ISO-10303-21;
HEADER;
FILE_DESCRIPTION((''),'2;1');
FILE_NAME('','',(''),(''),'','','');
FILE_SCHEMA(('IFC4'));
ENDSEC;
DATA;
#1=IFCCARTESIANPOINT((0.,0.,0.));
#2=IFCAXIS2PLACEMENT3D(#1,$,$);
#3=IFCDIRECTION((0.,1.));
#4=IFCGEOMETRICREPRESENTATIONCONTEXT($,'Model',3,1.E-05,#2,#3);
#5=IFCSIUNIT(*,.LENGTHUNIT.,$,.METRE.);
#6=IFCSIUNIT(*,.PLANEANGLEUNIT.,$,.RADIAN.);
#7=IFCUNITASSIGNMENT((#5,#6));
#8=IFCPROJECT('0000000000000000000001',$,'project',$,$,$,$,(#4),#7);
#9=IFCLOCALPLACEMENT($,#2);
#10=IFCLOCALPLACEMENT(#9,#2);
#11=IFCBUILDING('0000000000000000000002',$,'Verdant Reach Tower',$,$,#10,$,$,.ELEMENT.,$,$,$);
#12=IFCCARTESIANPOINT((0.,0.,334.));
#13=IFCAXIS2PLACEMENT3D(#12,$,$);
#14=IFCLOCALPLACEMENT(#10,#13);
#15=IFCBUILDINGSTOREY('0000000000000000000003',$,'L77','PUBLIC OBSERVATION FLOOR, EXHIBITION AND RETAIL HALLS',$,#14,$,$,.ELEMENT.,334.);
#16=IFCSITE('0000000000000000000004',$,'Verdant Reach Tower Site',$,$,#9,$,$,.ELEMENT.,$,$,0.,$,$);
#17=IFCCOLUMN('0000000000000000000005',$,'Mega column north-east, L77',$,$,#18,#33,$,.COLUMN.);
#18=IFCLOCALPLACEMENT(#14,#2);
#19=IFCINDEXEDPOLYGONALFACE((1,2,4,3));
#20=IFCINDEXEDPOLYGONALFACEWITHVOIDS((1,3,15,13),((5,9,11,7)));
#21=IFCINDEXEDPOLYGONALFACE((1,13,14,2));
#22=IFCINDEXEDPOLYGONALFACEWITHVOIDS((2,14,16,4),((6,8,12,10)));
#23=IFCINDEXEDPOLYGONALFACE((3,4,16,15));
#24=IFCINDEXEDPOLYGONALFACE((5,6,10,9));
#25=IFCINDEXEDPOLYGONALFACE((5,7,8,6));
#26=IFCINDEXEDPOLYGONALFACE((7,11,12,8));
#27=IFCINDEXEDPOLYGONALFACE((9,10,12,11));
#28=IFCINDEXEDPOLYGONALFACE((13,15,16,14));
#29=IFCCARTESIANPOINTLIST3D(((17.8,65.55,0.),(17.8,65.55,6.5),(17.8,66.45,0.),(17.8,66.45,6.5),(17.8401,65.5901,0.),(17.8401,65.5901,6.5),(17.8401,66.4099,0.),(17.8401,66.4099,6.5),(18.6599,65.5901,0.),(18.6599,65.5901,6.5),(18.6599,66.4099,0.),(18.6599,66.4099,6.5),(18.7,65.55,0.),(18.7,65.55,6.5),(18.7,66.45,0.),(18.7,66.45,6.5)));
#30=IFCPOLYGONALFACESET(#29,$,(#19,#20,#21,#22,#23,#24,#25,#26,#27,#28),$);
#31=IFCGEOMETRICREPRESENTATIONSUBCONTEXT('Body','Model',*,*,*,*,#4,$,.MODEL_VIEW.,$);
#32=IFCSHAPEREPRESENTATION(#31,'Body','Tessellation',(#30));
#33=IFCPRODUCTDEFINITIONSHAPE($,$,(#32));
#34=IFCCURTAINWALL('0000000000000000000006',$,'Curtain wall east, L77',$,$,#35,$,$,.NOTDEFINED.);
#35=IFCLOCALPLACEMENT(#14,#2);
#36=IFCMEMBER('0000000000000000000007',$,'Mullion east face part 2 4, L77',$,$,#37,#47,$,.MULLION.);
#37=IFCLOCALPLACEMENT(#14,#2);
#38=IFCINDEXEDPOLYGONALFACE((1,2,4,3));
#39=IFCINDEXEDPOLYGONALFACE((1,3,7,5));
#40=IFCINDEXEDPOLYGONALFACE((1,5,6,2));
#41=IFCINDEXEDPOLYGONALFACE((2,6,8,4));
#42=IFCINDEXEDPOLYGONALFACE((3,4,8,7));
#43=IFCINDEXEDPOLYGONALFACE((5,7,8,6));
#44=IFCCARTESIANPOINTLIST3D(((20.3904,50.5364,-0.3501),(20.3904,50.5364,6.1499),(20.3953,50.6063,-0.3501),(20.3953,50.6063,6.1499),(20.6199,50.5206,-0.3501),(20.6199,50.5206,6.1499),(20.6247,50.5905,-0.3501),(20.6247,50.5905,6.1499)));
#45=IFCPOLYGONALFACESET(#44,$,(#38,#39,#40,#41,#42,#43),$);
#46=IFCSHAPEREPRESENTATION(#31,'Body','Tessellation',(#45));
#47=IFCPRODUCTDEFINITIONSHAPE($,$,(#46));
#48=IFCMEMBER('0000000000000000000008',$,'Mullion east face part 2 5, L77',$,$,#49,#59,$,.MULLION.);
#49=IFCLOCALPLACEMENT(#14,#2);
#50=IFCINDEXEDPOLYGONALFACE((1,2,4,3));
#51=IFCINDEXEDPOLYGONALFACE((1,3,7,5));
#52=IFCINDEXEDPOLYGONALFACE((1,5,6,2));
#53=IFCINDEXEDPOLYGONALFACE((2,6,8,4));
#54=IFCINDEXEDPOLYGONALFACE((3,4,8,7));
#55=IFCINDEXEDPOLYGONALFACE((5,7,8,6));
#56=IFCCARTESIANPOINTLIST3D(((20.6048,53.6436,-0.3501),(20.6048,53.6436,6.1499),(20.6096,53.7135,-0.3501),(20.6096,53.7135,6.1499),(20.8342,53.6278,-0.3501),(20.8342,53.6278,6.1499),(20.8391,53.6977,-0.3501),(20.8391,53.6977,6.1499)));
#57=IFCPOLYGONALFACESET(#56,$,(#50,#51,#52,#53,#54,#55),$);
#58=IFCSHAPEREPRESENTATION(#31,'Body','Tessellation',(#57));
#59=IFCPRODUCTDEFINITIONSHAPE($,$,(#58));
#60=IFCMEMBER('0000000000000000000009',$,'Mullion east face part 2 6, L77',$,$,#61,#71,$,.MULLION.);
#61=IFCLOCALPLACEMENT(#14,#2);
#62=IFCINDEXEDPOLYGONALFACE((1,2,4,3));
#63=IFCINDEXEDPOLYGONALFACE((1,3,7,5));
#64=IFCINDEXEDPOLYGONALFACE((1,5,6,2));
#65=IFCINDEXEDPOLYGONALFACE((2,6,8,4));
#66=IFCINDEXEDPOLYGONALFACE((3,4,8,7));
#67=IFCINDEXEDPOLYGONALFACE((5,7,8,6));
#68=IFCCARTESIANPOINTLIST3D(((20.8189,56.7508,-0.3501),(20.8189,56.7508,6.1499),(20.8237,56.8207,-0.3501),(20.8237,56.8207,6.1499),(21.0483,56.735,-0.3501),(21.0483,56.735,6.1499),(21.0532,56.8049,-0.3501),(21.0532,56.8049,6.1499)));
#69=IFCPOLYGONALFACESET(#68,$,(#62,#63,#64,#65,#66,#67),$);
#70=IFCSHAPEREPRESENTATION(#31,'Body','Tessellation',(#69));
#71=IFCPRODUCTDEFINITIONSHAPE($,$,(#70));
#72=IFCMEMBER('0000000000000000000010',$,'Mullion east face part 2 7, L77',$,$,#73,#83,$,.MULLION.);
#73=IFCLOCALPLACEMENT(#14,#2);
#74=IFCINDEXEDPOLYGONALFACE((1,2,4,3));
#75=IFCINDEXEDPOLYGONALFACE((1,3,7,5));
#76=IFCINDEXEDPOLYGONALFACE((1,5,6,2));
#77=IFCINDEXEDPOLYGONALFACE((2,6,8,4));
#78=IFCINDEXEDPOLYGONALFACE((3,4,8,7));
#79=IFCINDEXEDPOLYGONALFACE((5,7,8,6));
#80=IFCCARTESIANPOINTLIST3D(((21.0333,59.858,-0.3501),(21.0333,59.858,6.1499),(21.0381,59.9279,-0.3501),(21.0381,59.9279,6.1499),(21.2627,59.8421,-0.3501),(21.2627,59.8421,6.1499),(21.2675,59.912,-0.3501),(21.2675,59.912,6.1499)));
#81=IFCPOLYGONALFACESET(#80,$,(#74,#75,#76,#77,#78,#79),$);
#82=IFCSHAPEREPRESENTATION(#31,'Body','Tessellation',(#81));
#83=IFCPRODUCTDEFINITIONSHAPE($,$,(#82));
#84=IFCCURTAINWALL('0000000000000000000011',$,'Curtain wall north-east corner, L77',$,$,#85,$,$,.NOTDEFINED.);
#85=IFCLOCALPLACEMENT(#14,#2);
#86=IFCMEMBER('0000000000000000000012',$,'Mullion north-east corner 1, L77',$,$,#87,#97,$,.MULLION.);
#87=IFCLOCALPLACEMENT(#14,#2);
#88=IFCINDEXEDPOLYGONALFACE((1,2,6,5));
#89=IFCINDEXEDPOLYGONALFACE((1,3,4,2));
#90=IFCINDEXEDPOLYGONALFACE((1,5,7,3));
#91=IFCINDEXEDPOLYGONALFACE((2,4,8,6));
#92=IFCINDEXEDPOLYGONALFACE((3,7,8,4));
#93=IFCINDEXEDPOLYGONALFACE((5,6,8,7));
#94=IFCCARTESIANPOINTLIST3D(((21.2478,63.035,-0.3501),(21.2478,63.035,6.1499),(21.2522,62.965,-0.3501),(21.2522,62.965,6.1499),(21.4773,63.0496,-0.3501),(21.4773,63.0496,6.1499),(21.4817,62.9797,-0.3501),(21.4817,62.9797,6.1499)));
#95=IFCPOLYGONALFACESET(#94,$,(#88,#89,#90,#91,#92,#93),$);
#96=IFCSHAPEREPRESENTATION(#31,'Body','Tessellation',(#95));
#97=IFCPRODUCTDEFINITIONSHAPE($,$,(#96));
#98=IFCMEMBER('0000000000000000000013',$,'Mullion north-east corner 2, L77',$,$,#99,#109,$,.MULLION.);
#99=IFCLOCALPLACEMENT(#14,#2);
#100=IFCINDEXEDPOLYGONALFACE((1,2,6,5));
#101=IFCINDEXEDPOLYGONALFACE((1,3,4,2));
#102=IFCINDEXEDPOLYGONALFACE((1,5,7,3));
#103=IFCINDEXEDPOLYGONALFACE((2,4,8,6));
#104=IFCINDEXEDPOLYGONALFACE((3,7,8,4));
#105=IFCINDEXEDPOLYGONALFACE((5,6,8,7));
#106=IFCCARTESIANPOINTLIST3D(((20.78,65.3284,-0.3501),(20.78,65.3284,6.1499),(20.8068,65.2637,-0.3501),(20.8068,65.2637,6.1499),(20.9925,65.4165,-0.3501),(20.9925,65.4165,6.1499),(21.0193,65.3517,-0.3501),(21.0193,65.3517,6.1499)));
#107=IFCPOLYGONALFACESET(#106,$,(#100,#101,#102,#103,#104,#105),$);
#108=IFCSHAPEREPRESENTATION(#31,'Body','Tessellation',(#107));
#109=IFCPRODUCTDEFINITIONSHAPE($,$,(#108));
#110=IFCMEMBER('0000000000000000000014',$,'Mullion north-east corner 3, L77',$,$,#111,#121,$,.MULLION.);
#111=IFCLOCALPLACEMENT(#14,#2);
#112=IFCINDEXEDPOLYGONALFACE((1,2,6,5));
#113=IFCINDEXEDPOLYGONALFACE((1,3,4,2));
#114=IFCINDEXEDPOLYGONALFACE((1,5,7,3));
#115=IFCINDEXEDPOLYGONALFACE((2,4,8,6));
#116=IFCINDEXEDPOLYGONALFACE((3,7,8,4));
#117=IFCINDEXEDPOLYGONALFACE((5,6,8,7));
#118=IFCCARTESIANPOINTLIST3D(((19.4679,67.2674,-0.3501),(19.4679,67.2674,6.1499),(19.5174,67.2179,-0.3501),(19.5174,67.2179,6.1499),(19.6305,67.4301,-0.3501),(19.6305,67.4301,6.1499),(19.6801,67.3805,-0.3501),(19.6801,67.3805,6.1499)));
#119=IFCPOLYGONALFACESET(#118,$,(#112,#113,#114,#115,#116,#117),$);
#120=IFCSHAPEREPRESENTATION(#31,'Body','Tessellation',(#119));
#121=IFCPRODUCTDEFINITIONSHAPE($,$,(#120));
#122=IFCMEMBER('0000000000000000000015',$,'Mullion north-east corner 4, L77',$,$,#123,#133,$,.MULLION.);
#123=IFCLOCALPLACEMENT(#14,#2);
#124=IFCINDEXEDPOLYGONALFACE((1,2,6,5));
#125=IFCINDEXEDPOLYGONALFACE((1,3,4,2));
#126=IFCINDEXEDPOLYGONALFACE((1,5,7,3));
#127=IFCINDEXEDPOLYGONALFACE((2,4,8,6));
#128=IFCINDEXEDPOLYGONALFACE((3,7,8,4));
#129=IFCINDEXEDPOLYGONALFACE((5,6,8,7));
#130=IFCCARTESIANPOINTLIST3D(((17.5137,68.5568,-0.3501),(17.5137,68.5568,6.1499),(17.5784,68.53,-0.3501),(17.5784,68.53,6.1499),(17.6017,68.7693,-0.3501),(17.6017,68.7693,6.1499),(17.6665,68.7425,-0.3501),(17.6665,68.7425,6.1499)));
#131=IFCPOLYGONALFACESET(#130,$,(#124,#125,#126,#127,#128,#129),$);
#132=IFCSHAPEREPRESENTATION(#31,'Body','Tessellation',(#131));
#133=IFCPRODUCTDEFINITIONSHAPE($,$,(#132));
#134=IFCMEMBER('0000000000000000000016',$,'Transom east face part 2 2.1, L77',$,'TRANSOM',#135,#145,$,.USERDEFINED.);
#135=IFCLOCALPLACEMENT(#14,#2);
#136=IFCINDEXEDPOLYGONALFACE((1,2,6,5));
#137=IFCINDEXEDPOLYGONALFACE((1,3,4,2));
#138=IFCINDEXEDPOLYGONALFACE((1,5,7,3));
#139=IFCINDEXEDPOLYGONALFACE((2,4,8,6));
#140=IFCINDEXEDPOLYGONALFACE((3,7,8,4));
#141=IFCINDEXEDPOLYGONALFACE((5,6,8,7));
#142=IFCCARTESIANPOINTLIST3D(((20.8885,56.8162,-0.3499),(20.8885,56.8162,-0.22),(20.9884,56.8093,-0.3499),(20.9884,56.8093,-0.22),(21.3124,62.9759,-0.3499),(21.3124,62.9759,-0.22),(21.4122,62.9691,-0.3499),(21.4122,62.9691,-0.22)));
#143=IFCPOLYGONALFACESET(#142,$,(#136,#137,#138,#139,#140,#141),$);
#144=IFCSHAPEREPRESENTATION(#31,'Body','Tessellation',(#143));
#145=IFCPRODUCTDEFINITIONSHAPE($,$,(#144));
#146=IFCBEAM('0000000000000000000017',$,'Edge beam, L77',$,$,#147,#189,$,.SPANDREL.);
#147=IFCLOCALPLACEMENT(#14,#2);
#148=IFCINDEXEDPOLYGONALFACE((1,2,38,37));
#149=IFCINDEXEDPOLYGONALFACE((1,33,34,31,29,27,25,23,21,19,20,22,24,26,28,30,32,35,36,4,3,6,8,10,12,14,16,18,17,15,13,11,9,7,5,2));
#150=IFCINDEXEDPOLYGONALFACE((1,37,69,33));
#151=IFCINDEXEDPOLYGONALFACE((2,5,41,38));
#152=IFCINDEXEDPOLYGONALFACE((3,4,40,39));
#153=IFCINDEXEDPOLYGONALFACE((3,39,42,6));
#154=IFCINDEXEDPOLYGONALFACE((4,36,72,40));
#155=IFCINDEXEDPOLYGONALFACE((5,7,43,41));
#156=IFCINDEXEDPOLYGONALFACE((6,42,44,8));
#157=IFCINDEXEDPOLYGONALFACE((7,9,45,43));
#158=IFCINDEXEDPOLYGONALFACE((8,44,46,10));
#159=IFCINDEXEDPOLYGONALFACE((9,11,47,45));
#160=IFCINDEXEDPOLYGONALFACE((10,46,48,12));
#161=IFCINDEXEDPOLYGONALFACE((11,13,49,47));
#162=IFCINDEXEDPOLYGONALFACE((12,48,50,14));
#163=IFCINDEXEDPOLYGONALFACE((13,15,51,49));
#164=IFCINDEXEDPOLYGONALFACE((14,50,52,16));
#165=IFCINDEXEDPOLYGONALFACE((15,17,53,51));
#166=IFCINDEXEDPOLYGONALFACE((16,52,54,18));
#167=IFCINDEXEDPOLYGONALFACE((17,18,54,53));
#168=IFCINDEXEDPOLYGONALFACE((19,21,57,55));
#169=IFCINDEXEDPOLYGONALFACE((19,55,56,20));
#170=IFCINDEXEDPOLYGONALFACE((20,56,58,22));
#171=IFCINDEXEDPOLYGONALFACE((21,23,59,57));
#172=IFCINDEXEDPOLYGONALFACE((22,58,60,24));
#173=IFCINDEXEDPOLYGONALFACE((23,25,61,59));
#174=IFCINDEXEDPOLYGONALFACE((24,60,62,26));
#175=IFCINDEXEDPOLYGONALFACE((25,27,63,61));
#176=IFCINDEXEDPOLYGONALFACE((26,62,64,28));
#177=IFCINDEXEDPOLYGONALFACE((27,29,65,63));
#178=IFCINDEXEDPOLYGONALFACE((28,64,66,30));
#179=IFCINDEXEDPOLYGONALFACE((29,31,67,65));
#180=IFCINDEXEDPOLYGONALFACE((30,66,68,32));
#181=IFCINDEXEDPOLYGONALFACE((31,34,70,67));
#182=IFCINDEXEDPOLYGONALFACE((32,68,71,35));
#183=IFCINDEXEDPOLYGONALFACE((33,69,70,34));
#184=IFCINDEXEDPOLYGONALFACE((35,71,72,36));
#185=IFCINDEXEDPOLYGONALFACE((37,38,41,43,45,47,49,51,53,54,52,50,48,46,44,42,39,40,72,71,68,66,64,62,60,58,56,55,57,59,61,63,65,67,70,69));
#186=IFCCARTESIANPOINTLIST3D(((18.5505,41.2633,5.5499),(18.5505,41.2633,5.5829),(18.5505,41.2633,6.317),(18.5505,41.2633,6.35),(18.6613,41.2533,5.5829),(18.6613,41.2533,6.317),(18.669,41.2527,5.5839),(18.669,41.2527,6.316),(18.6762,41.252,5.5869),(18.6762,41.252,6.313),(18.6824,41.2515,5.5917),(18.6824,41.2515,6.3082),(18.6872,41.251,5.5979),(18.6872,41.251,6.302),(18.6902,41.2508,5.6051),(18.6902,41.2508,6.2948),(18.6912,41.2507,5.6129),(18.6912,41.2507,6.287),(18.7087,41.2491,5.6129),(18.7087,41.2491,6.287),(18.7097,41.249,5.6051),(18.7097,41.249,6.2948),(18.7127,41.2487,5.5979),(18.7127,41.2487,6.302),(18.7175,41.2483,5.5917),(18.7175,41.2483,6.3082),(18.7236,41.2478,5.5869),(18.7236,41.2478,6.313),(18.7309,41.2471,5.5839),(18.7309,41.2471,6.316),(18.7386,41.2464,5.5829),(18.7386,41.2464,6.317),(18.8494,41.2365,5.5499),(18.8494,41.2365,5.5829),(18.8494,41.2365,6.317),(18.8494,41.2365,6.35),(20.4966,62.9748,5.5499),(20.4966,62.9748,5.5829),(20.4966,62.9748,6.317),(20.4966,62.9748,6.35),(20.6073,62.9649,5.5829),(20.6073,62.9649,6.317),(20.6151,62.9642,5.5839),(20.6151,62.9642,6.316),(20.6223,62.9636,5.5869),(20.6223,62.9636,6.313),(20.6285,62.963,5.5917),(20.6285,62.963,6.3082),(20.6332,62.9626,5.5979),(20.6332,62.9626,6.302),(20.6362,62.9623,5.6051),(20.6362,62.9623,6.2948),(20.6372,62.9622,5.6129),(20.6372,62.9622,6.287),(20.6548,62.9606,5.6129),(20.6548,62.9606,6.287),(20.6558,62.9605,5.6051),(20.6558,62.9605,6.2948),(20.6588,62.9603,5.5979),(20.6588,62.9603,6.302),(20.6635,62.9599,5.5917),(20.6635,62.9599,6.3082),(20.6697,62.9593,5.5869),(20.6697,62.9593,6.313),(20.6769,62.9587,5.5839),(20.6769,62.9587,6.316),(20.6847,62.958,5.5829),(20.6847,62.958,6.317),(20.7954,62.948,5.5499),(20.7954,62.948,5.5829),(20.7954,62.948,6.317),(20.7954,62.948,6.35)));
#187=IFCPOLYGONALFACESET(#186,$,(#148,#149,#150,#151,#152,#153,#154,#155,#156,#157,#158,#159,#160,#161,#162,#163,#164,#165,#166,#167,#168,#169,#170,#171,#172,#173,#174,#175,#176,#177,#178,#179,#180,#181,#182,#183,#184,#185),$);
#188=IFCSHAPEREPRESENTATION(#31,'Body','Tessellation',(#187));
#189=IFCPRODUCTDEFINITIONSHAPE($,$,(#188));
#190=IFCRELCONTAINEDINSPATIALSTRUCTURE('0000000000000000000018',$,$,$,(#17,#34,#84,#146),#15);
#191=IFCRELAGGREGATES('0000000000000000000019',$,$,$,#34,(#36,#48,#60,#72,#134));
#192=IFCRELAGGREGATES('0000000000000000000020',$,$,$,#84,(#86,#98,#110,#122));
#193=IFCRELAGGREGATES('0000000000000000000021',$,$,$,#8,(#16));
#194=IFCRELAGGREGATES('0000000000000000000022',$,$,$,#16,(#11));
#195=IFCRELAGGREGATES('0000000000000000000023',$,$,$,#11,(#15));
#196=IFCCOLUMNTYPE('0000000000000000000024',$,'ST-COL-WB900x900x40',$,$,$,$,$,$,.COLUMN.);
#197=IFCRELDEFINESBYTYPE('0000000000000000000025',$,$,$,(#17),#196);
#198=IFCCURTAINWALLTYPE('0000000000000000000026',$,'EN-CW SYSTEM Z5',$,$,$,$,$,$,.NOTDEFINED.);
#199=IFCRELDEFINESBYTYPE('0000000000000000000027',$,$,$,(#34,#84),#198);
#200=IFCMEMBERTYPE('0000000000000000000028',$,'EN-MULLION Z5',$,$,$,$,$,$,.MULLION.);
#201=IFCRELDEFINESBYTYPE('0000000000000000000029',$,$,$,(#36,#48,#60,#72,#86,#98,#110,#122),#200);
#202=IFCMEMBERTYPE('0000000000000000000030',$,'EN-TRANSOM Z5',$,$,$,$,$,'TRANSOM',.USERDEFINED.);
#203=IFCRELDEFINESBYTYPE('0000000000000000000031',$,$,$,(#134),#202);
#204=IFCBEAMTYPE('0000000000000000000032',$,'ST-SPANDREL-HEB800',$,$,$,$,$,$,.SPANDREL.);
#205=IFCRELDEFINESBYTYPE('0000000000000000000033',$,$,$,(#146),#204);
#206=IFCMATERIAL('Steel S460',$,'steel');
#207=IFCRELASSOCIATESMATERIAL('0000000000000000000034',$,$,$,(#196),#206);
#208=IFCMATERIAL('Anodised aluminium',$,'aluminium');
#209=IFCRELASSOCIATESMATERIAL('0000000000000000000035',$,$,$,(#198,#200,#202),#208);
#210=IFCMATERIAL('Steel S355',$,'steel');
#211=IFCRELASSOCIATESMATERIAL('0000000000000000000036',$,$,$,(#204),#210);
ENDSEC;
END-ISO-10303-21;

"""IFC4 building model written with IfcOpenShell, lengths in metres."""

from ifc_helpers import new_model, si_unit, direction, frame, origin, origin_2d, place, context, subcontext, project, spatial, rectangle, hollow_rectangle, i_section, extrude, material, material_profile, profile_set, type_object, element, aggregate, save


model = new_model("IFC4")

# Units and contexts
model_context = context("Model", 3, precision=1e-05, world=origin(), true_north=direction((0.0, 1.0)))
body_context = subcontext(model_context, "Body", "Model", "MODEL_VIEW")
ifc_project = project(units=[si_unit("LENGTHUNIT", "METRE"), si_unit("PLANEANGLEUNIT", "RADIAN")], contexts=[model_context])

# Site, building, storey
site_placement = place(None, origin())
site = spatial("IfcSite", under=ifc_project, at=site_placement, Name="Verdant Reach Tower Site", CompositionType="ELEMENT", RefElevation=0.0)
building_placement = place(site_placement, origin())
building = spatial("IfcBuilding", under=site, at=building_placement, Name="Verdant Reach Tower", CompositionType="ELEMENT")
storey_placement = place(building_placement, frame((0.0, 0.0, 334.0)))
storey = spatial("IfcBuildingStorey", under=building, at=storey_placement, Name="L77", Description="PUBLIC OBSERVATION FLOOR, EXHIBITION AND RETAIL HALLS", CompositionType="ELEMENT", Elevation=334.0)

# Column
ifc_material_1 = material(Name="Steel S460", Category="steel")
ifc_material_profile_1 = material_profile(ifc_material_1, hollow_rectangle(XDim=0.8999, YDim=0.8999, WallThickness=0.04, at=origin_2d()), Name="WB 900x900x40")
ifc_profile_set_1 = profile_set([ifc_material_profile_1], Name="Steel S460")
column_type = type_object("IfcColumnType", Name="ST-COL-WB900x900x40", PredefinedType="COLUMN", material=ifc_profile_set_1)
column_placement = place(storey_placement, frame((18.25, 66.0, 0.0), z_axis=(0.0, 0.0, 1.0), x_axis=(1.0, 0.0, 0.0)))
element("IfcColumn", 1, at=column_placement, inside=storey, type_object=column_type, Name="Mega column north-east, L77", PredefinedType="COLUMN", context=body_context, shape_type="SweptSolid", body=[
    extrude(hollow_rectangle(XDim=0.8999, YDim=0.8999, WallThickness=0.04, at=origin_2d()), origin(), (0.0, 0.0, 1.0), 6.5),
])

# Curtain walls, members
ifc_material_2 = material(Name="Anodised aluminium", Category="aluminium")
curtain_wall_type = type_object("IfcCurtainWallType", Name="EN-CW SYSTEM Z5", PredefinedType="NOTDEFINED", material=ifc_material_2)
curtain_wall_1_placement = place(storey_placement, origin())
curtain_wall_1 = element("IfcCurtainWall", 2, at=curtain_wall_1_placement, inside=storey, type_object=curtain_wall_type, Name="Curtain wall east, L77", PredefinedType="NOTDEFINED")
ifc_material_profile_2 = material_profile(ifc_material_2, rectangle(XDim=0.23, YDim=0.0701, at=origin_2d()), Name="Mullion 70x230")
ifc_profile_set_2 = profile_set([ifc_material_profile_2], Name="Anodised aluminium")
member_type_1 = type_object("IfcMemberType", Name="EN-MULLION Z5", PredefinedType="MULLION", material=ifc_profile_set_2)
member_1_placement = place(storey_placement, frame((20.5076, 50.5635, -0.3501), z_axis=(0.0, 0.0, 1.0), x_axis=(0.99763, -0.068802, 0.0)))
member_1 = element("IfcMember", 3, at=member_1_placement, type_object=member_type_1, Name="Mullion east face part 2 4, L77", PredefinedType="MULLION", context=body_context, shape_type="SweptSolid", body=[
    extrude(rectangle(XDim=0.23, YDim=0.0701, at=origin_2d()), origin(), (0.0, 0.0, 1.0), 6.5),
])
member_2_placement = place(storey_placement, frame((20.7219, 53.6707, -0.3501), z_axis=(0.0, 0.0, 1.0), x_axis=(0.99763, -0.068802, 0.0)))
member_2 = element("IfcMember", 4, at=member_2_placement, type_object=member_type_1, Name="Mullion east face part 2 5, L77", PredefinedType="MULLION", context=body_context, shape_type="SweptSolid", body=[
    extrude(rectangle(XDim=0.23, YDim=0.0701, at=origin_2d()), origin(), (0.0, 0.0, 1.0), 6.5),
])
member_3_placement = place(storey_placement, frame((20.936, 56.7778, -0.3501), z_axis=(0.0, 0.0, 1.0), x_axis=(0.99763, -0.068802, 0.0)))
member_3 = element("IfcMember", 5, at=member_3_placement, type_object=member_type_1, Name="Mullion east face part 2 6, L77", PredefinedType="MULLION", context=body_context, shape_type="SweptSolid", body=[
    extrude(rectangle(XDim=0.23, YDim=0.0701, at=origin_2d()), origin(), (0.0, 0.0, 1.0), 6.5),
])
member_4_placement = place(storey_placement, frame((21.1504, 59.885, -0.3501), z_axis=(0.0, 0.0, 1.0), x_axis=(0.99763, -0.068802, 0.0)))
member_4 = element("IfcMember", 6, at=member_4_placement, type_object=member_type_1, Name="Mullion east face part 2 7, L77", PredefinedType="MULLION", context=body_context, shape_type="SweptSolid", body=[
    extrude(rectangle(XDim=0.23, YDim=0.0701, at=origin_2d()), origin(), (0.0, 0.0, 1.0), 6.5),
])
curtain_wall_2_placement = place(storey_placement, origin())
curtain_wall_2 = element("IfcCurtainWall", 7, at=curtain_wall_2_placement, inside=storey, type_object=curtain_wall_type, Name="Curtain wall north-east corner, L77", PredefinedType="NOTDEFINED")
member_5_placement = place(storey_placement, frame((21.3647, 63.0073, -0.3501), z_axis=(0.0, 0.0, 1.0), x_axis=(0.997969, 0.063699, 0.0)))
member_5 = element("IfcMember", 8, at=member_5_placement, type_object=member_type_1, Name="Mullion north-east corner 1, L77", PredefinedType="MULLION", context=body_context, shape_type="SweptSolid", body=[
    extrude(rectangle(XDim=0.23, YDim=0.0701, at=origin_2d()), origin(), (0.0, 0.0, 1.0), 6.5),
])
member_6_placement = place(storey_placement, frame((20.8997, 65.3401, -0.3501), z_axis=(0.0, 0.0, 1.0), x_axis=(0.923875, 0.382694, 0.0)))
member_6 = element("IfcMember", 9, at=member_6_placement, type_object=member_type_1, Name="Mullion north-east corner 2, L77", PredefinedType="MULLION", context=body_context, shape_type="SweptSolid", body=[
    extrude(rectangle(XDim=0.23, YDim=0.0701, at=origin_2d()), origin(), (0.0, 0.0, 1.0), 6.5),
])
member_7_placement = place(storey_placement, frame((19.574, 67.324, -0.3501), z_axis=(0.0, 0.0, 1.0), x_axis=(0.707107, 0.707107, 0.0)))
member_7 = element("IfcMember", 10, at=member_7_placement, type_object=member_type_1, Name="Mullion north-east corner 3, L77", PredefinedType="MULLION", context=body_context, shape_type="SweptSolid", body=[
    extrude(rectangle(XDim=0.23, YDim=0.0701, at=origin_2d()), origin(), (0.0, 0.0, 1.0), 6.5),
])
member_8_placement = place(storey_placement, frame((17.5901, 68.6497, -0.3501), z_axis=(0.0, 0.0, 1.0), x_axis=(0.382694, 0.923875, 0.0)))
member_8 = element("IfcMember", 11, at=member_8_placement, type_object=member_type_1, Name="Mullion north-east corner 4, L77", PredefinedType="MULLION", context=body_context, shape_type="SweptSolid", body=[
    extrude(rectangle(XDim=0.23, YDim=0.0701, at=origin_2d()), origin(), (0.0, 0.0, 1.0), 6.5),
])

# Member
ifc_material_profile_3 = material_profile(ifc_material_2, rectangle(XDim=0.1001, YDim=0.1299, at=origin_2d()), Name="Transom 130x100")
ifc_profile_set_3 = profile_set([ifc_material_profile_3], Name="Anodised aluminium")
member_type_2 = type_object("IfcMemberType", Name="EN-TRANSOM Z5", ElementType="TRANSOM", PredefinedType="USERDEFINED", material=ifc_profile_set_3)
member_9_placement = place(storey_placement, frame((20.9385, 56.8127, -0.2849), z_axis=(0.068645, 0.997641, 0.0), x_axis=(-0.997641, 0.068645, 0.0)))
member_9 = element("IfcMember", 12, at=member_9_placement, type_object=member_type_2, Name="Transom east face part 2 2.1, L77", ObjectType="TRANSOM", PredefinedType="USERDEFINED", context=body_context, shape_type="SweptSolid", body=[
    extrude(rectangle(XDim=0.1001, YDim=0.1299, at=origin_2d()), origin(), (0.0, 0.0, 1.0), 6.1743),
])

# Beam
ifc_material_3 = material(Name="Steel S355", Category="steel")
ifc_material_profile_4 = material_profile(ifc_material_3, i_section(OverallWidth=0.3, OverallDepth=0.8, WebThickness=0.0176, FlangeThickness=0.033, FilletRadius=0.03, at=origin_2d()), Name="HEB 800")
ifc_profile_set_4 = profile_set([ifc_material_profile_4], Name="Steel S355")
beam_type_1 = type_object("IfcBeamType", Name="ST-SPANDREL-HEB800", PredefinedType="SPANDREL", material=ifc_profile_set_4)
beam_1_placement = place(storey_placement, frame((20.646, 62.9614, 5.95), z_axis=(-0.089274, -0.996007, 0.0), x_axis=(0.996007, -0.089274, 0.0)))
element("IfcBeam", 13, at=beam_1_placement, inside=storey, type_object=beam_type_1, Name="Edge beam, L77", PredefinedType="SPANDREL", context=body_context, shape_type="SweptSolid", body=[
    extrude(i_section(OverallWidth=0.3, OverallDepth=0.8, WebThickness=0.0176, FlangeThickness=0.033, FilletRadius=0.03, at=origin_2d()), origin(), (0.0, 0.0, 1.0), 21.7986),
])

aggregate(curtain_wall_1, [member_1, member_2, member_3, member_4, member_9])
aggregate(curtain_wall_2, [member_5, member_6, member_7, member_8])

save(model, "model.ifc")
